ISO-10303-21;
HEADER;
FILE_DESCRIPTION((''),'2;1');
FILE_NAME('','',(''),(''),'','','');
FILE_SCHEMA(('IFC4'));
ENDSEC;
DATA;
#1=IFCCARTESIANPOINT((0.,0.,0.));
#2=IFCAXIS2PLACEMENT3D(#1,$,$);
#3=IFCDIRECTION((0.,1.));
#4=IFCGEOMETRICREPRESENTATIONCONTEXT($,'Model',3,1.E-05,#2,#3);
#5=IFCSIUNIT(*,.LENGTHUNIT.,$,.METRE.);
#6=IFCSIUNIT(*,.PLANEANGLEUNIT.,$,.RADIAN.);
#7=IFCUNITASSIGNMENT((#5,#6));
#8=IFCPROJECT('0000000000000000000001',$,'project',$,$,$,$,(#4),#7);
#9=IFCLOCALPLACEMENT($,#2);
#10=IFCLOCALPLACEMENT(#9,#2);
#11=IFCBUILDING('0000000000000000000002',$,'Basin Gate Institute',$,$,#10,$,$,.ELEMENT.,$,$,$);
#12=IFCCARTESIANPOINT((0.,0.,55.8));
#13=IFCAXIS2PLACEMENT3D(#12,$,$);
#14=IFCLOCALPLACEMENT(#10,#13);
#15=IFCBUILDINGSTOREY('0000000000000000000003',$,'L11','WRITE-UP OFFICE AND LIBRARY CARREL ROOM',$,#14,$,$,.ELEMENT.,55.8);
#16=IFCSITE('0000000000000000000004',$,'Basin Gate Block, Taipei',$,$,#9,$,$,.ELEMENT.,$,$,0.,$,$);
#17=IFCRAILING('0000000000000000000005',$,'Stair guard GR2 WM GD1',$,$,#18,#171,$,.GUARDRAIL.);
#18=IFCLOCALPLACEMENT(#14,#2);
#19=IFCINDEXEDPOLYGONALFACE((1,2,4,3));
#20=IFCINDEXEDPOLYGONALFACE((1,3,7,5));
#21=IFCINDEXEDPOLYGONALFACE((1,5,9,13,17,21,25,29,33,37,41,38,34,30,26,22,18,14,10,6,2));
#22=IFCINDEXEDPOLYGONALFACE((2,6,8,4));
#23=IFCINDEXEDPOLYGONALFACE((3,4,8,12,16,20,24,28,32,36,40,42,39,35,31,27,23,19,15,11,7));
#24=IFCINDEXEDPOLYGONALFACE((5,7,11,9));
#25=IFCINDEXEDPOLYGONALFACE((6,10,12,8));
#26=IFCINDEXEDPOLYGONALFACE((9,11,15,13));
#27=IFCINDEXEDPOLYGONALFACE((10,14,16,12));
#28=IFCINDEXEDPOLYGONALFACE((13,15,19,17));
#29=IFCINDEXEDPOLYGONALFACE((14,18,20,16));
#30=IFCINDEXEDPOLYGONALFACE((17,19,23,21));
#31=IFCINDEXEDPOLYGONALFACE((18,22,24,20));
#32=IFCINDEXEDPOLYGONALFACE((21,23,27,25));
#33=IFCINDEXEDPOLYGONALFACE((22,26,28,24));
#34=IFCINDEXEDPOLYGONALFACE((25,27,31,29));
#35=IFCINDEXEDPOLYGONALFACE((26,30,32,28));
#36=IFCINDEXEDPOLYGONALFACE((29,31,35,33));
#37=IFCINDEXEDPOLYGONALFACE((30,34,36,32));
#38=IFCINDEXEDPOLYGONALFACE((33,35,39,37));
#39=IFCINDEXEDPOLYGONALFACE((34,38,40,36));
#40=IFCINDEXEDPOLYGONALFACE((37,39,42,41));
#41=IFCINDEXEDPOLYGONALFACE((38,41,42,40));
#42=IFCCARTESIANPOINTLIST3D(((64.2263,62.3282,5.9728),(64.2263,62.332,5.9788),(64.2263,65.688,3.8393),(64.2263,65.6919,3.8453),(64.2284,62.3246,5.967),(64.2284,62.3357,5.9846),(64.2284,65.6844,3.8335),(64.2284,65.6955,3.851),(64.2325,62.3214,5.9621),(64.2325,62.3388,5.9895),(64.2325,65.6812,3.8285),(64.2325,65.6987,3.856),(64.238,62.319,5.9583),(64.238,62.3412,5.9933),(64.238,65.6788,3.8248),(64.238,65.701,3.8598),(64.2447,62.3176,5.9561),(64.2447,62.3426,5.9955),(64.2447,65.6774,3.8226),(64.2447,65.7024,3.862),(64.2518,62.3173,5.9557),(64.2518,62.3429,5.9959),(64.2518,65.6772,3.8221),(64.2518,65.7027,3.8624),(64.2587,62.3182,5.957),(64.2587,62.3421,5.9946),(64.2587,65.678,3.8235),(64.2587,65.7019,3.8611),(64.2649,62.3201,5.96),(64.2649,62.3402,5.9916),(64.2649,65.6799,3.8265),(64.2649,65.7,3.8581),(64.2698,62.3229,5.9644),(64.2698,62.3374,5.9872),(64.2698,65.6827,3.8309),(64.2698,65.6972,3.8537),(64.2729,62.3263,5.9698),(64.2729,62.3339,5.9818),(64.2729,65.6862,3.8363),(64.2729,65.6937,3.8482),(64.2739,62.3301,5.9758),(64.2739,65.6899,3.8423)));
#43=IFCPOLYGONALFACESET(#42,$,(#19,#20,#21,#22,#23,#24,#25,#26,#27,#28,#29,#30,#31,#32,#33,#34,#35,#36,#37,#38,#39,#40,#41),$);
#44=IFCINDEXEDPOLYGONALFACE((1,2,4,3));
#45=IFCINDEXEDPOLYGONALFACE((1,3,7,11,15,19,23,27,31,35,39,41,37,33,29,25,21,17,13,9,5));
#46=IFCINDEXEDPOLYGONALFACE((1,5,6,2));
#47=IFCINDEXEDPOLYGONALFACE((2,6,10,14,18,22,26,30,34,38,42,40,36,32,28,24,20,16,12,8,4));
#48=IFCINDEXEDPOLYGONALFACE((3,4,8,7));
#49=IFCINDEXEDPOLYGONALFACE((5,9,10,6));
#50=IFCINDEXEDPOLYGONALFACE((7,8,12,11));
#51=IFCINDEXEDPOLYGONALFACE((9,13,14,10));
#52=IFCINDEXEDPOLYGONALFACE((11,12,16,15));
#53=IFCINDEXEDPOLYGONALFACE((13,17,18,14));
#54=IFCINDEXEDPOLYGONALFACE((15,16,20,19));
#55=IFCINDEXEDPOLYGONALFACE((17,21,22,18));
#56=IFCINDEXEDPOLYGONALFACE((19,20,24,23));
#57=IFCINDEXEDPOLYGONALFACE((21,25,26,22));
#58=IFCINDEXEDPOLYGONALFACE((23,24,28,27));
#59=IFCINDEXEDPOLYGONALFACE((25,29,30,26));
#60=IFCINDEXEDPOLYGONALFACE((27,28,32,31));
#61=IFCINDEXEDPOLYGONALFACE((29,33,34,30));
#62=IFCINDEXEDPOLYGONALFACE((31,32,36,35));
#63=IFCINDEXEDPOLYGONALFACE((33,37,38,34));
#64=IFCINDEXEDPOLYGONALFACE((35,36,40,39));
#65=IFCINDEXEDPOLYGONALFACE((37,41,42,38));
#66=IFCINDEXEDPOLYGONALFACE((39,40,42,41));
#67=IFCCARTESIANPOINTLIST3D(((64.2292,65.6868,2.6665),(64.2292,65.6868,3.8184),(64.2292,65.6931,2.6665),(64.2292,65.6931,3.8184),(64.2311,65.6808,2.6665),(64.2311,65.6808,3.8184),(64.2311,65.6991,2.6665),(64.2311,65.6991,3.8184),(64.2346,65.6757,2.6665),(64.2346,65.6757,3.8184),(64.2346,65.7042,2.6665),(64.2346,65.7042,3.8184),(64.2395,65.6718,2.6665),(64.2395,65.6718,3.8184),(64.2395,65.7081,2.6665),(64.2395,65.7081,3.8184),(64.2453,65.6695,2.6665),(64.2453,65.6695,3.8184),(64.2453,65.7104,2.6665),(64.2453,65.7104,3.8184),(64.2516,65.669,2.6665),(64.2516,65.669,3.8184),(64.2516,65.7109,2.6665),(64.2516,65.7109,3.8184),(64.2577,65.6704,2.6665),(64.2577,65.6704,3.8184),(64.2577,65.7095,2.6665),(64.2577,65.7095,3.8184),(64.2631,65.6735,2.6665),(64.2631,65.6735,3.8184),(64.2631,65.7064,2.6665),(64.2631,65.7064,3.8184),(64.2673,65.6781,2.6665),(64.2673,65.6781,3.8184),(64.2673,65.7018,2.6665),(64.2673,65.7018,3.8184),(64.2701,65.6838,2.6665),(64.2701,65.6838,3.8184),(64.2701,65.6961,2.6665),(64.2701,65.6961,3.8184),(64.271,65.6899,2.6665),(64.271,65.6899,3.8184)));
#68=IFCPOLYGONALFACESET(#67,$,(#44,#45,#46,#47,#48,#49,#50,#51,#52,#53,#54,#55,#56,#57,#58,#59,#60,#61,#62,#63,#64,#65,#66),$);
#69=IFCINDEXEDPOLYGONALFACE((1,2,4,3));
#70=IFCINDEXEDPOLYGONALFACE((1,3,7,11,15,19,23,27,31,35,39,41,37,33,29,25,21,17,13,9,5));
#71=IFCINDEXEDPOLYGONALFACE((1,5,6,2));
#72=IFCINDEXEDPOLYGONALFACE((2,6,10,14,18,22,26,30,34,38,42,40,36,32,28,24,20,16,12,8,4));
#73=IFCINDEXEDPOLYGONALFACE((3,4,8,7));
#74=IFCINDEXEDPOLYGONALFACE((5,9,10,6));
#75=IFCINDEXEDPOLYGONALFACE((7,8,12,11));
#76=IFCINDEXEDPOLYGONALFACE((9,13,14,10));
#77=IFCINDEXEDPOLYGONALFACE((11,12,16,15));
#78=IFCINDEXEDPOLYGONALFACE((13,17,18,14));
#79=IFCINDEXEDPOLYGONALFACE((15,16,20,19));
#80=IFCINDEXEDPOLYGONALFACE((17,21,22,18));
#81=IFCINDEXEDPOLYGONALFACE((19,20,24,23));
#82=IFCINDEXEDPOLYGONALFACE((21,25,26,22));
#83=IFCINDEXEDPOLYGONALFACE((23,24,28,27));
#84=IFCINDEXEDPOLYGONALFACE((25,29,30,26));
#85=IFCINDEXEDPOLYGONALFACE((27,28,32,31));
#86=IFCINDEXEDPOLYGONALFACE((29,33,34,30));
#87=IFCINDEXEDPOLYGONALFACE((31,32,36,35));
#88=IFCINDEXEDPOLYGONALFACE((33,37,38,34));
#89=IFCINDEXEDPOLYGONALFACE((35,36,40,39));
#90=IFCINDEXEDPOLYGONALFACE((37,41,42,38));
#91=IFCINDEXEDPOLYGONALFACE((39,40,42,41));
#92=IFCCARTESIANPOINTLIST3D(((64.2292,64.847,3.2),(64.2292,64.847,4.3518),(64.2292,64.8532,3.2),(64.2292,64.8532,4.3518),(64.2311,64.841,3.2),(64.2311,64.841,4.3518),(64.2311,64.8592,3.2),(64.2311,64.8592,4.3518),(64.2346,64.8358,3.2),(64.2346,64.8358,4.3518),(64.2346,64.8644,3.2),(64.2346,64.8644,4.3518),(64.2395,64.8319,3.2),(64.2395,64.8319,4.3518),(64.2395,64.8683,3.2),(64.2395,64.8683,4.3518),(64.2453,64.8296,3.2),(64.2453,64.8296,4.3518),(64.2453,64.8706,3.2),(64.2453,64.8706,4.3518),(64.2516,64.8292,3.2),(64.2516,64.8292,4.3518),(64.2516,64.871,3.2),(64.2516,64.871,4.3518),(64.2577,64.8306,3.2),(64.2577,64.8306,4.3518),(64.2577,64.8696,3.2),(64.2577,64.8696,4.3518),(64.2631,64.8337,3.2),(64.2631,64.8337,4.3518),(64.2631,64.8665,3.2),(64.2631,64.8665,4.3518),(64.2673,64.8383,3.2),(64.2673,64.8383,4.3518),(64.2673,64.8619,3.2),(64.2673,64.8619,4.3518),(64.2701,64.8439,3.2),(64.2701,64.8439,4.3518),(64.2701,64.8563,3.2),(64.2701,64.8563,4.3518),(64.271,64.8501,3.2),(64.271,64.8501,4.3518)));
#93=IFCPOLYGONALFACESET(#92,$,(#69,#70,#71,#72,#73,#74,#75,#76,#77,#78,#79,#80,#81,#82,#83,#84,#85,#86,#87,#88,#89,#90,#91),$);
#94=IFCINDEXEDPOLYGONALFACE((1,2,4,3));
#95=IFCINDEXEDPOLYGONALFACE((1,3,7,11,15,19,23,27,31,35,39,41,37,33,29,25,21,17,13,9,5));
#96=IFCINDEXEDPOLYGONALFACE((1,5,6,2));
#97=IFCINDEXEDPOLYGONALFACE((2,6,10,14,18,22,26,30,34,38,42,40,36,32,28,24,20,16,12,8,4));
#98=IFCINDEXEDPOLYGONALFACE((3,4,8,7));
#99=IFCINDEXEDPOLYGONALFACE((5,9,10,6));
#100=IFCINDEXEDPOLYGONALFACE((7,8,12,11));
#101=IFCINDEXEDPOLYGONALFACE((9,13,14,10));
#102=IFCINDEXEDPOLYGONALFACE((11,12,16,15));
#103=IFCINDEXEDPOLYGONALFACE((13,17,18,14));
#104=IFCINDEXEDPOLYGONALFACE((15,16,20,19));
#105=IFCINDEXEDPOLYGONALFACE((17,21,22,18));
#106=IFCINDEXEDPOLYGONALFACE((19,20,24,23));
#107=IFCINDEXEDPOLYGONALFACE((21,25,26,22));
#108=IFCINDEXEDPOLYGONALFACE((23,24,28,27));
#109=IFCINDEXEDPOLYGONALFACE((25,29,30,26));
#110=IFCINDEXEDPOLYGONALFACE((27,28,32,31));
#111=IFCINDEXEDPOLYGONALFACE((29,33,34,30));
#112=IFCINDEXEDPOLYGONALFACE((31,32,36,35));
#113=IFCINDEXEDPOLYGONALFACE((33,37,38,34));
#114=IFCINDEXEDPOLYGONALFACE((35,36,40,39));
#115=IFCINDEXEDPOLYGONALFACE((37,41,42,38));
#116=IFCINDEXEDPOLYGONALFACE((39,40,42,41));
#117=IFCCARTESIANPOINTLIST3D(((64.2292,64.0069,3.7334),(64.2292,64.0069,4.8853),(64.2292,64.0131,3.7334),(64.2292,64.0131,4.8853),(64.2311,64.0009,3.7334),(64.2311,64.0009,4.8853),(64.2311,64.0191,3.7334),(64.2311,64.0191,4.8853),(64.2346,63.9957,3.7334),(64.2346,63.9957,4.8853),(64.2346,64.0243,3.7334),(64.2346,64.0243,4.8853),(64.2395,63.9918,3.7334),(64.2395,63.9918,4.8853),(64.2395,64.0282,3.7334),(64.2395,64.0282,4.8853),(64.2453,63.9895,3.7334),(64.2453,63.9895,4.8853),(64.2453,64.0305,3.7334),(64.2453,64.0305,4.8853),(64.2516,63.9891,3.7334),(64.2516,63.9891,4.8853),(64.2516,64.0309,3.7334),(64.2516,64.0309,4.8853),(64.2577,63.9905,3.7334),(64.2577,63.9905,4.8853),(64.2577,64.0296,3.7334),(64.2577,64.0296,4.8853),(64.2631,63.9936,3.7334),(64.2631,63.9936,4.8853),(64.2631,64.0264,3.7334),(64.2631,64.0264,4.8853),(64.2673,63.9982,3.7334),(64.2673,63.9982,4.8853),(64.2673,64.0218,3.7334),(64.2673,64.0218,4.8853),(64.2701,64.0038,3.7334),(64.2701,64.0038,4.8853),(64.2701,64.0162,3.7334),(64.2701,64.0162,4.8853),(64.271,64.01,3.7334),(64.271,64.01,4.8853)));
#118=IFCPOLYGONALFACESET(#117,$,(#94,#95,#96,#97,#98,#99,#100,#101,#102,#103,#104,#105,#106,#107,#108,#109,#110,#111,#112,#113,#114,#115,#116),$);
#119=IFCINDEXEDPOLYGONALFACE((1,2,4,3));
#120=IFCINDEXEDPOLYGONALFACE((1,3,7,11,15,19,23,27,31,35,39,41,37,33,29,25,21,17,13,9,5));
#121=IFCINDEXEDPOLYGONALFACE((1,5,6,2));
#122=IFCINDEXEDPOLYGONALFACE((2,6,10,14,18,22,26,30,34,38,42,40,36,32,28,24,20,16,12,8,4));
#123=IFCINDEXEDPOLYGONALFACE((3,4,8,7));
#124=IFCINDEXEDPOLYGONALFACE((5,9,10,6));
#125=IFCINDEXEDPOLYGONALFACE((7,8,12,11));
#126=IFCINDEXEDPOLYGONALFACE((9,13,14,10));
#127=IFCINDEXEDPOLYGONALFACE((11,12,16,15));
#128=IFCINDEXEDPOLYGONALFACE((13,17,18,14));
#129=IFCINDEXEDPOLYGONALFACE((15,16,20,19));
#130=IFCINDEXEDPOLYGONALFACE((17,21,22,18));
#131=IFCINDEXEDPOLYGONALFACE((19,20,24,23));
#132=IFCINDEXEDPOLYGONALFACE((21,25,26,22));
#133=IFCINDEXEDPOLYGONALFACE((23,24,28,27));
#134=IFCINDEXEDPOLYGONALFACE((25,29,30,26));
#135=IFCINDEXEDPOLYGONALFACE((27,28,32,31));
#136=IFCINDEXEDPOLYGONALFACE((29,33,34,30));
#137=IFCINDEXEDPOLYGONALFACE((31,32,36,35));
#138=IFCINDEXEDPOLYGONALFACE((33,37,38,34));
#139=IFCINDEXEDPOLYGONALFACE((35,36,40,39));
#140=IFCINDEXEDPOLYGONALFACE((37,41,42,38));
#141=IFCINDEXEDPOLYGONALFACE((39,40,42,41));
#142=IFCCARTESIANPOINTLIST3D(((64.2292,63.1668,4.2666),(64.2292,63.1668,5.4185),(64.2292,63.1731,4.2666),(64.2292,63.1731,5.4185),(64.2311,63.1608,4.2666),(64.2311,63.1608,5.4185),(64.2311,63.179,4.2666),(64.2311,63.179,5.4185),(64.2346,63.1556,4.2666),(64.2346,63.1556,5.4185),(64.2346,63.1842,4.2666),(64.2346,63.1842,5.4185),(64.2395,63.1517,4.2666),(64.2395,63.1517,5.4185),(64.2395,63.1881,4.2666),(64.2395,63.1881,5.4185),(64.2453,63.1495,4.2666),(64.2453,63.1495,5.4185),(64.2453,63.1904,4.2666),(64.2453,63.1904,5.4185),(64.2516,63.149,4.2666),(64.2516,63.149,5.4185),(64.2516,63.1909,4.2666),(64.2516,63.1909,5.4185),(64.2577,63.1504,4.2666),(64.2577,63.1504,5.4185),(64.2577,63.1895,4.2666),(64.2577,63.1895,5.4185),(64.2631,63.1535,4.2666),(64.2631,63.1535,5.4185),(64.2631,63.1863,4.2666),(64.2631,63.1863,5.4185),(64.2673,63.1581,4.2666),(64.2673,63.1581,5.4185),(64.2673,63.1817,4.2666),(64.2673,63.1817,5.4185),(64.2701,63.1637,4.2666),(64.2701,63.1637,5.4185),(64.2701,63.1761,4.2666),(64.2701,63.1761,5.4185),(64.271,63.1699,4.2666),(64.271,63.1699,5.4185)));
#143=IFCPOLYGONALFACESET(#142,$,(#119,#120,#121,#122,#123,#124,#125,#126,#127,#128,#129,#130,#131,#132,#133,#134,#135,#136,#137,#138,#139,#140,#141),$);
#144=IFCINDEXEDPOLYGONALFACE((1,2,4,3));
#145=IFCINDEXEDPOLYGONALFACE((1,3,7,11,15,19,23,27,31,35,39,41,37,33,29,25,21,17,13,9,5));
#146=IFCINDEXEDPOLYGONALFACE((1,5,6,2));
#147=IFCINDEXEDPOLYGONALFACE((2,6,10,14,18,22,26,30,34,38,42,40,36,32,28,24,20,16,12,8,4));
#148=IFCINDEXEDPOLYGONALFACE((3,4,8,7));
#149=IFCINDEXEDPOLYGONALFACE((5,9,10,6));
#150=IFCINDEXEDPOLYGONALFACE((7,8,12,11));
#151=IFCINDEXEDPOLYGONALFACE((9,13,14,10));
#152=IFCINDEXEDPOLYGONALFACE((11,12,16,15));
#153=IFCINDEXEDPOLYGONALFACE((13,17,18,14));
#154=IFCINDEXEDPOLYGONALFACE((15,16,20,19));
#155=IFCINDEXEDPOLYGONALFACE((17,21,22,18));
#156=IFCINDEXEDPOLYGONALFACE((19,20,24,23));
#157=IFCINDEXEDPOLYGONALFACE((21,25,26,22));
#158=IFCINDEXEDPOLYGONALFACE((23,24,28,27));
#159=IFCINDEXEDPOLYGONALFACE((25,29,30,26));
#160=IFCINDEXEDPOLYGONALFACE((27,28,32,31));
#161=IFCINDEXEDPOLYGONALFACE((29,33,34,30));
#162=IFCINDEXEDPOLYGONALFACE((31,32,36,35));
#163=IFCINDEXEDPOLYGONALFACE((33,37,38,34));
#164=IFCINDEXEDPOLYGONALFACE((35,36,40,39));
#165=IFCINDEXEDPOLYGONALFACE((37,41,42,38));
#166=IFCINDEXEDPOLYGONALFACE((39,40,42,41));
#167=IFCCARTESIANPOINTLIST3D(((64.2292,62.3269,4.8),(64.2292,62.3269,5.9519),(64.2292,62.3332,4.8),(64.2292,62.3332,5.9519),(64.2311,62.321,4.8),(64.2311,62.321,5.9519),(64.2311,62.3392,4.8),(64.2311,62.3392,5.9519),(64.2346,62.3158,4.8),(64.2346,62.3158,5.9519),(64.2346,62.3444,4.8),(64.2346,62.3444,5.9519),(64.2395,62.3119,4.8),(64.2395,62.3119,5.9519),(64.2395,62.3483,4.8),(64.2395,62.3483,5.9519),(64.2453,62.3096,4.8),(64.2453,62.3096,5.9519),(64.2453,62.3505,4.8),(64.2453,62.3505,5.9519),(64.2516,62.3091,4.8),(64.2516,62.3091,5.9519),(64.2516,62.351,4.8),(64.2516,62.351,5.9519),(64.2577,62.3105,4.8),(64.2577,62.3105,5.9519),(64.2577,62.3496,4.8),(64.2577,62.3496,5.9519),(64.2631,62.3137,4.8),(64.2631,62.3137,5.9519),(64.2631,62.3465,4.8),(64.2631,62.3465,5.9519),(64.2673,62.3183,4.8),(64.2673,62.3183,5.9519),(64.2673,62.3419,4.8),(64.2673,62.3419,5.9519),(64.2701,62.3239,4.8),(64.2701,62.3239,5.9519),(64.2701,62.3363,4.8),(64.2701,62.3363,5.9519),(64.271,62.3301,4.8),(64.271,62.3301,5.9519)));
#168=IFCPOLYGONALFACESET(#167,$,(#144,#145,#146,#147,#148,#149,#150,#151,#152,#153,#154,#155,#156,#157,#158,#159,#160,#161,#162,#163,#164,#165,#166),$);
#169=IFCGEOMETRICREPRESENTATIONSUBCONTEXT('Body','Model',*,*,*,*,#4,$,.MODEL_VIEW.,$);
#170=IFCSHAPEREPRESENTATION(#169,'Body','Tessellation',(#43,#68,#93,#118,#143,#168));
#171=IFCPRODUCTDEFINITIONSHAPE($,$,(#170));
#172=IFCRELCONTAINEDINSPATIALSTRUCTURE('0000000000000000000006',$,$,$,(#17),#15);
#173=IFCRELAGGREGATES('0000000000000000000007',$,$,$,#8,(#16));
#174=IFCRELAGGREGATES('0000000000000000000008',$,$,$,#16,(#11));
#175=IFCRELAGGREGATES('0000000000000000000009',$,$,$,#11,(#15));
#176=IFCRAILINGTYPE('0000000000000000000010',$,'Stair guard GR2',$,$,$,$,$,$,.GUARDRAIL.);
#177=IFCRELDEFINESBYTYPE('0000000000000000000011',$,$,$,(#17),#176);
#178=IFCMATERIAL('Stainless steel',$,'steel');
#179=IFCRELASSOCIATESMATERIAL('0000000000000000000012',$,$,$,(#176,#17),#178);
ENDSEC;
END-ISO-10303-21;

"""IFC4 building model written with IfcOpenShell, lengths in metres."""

from ifc_helpers import new_model, si_unit, direction, frame, origin, origin_2d, place, context, subcontext, project, spatial, circle, extrude, material, type_object, element, save


model = new_model("IFC4")

# Units and contexts
model_context = context("Model", 3, precision=1e-05, world=origin(), true_north=direction((0.0, 1.0)))
body_context = subcontext(model_context, "Body", "Model", "MODEL_VIEW")
ifc_project = project(units=[si_unit("LENGTHUNIT", "METRE"), si_unit("PLANEANGLEUNIT", "RADIAN")], contexts=[model_context])

# Site, building, storey
site_placement = place(None, origin())
site = spatial("IfcSite", under=ifc_project, at=site_placement, Name="Basin Gate Block, Taipei", CompositionType="ELEMENT", RefElevation=0.0)
building_placement = place(site_placement, origin())
building = spatial("IfcBuilding", under=site, at=building_placement, Name="Basin Gate Institute", CompositionType="ELEMENT")
storey_placement = place(building_placement, frame((0.0, 0.0, 55.8)))
storey = spatial("IfcBuildingStorey", under=building, at=storey_placement, Name="L11", Description="WRITE-UP OFFICE AND LIBRARY CARREL ROOM", CompositionType="ELEMENT", Elevation=55.8)

# Railing
ifc_material_1 = material(Name="Stainless steel", Category="steel")
railing_type_1 = type_object("IfcRailingType", Name="Stair guard GR2", PredefinedType="GUARDRAIL", material=ifc_material_1)
railing_1_placement = place(storey_placement, frame((64.25, 65.6899, 2.6665)))
element("IfcRailing", 1, at=railing_1_placement, inside=storey, type_object=railing_type_1, material=ifc_material_1, Name="Stair guard GR2 WM GD1", PredefinedType="GUARDRAIL", context=body_context, shape_type="SweptSolid", body=[
    extrude(circle(Radius=0.0239, at=origin_2d()), frame((0.0, 0.0, 1.1758), z_axis=(0.0, -0.844179, 0.536062), x_axis=(1.0, 0.0, 0.0)), (0.0, 0.0, 1.0), 3.98),
    extrude(circle(Radius=0.021, at=origin_2d()), origin(), (0.0, 0.0, 1.0), 1.1519),
    extrude(circle(Radius=0.021, at=origin_2d()), frame((0.0, -0.8398, 0.5334)), (0.0, 0.0, 1.0), 1.1519),
    extrude(circle(Radius=0.021, at=origin_2d()), frame((0.0, -1.6799, 1.0669)), (0.0, 0.0, 1.0), 1.1519),
    extrude(circle(Radius=0.021, at=origin_2d()), frame((0.0, -2.52, 1.6001)), (0.0, 0.0, 1.0), 1.1519),
    extrude(circle(Radius=0.021, at=origin_2d()), frame((0.0, -3.3599, 2.1335)), (0.0, 0.0, 1.0), 1.1519),
])

save(model, "model.ifc")
